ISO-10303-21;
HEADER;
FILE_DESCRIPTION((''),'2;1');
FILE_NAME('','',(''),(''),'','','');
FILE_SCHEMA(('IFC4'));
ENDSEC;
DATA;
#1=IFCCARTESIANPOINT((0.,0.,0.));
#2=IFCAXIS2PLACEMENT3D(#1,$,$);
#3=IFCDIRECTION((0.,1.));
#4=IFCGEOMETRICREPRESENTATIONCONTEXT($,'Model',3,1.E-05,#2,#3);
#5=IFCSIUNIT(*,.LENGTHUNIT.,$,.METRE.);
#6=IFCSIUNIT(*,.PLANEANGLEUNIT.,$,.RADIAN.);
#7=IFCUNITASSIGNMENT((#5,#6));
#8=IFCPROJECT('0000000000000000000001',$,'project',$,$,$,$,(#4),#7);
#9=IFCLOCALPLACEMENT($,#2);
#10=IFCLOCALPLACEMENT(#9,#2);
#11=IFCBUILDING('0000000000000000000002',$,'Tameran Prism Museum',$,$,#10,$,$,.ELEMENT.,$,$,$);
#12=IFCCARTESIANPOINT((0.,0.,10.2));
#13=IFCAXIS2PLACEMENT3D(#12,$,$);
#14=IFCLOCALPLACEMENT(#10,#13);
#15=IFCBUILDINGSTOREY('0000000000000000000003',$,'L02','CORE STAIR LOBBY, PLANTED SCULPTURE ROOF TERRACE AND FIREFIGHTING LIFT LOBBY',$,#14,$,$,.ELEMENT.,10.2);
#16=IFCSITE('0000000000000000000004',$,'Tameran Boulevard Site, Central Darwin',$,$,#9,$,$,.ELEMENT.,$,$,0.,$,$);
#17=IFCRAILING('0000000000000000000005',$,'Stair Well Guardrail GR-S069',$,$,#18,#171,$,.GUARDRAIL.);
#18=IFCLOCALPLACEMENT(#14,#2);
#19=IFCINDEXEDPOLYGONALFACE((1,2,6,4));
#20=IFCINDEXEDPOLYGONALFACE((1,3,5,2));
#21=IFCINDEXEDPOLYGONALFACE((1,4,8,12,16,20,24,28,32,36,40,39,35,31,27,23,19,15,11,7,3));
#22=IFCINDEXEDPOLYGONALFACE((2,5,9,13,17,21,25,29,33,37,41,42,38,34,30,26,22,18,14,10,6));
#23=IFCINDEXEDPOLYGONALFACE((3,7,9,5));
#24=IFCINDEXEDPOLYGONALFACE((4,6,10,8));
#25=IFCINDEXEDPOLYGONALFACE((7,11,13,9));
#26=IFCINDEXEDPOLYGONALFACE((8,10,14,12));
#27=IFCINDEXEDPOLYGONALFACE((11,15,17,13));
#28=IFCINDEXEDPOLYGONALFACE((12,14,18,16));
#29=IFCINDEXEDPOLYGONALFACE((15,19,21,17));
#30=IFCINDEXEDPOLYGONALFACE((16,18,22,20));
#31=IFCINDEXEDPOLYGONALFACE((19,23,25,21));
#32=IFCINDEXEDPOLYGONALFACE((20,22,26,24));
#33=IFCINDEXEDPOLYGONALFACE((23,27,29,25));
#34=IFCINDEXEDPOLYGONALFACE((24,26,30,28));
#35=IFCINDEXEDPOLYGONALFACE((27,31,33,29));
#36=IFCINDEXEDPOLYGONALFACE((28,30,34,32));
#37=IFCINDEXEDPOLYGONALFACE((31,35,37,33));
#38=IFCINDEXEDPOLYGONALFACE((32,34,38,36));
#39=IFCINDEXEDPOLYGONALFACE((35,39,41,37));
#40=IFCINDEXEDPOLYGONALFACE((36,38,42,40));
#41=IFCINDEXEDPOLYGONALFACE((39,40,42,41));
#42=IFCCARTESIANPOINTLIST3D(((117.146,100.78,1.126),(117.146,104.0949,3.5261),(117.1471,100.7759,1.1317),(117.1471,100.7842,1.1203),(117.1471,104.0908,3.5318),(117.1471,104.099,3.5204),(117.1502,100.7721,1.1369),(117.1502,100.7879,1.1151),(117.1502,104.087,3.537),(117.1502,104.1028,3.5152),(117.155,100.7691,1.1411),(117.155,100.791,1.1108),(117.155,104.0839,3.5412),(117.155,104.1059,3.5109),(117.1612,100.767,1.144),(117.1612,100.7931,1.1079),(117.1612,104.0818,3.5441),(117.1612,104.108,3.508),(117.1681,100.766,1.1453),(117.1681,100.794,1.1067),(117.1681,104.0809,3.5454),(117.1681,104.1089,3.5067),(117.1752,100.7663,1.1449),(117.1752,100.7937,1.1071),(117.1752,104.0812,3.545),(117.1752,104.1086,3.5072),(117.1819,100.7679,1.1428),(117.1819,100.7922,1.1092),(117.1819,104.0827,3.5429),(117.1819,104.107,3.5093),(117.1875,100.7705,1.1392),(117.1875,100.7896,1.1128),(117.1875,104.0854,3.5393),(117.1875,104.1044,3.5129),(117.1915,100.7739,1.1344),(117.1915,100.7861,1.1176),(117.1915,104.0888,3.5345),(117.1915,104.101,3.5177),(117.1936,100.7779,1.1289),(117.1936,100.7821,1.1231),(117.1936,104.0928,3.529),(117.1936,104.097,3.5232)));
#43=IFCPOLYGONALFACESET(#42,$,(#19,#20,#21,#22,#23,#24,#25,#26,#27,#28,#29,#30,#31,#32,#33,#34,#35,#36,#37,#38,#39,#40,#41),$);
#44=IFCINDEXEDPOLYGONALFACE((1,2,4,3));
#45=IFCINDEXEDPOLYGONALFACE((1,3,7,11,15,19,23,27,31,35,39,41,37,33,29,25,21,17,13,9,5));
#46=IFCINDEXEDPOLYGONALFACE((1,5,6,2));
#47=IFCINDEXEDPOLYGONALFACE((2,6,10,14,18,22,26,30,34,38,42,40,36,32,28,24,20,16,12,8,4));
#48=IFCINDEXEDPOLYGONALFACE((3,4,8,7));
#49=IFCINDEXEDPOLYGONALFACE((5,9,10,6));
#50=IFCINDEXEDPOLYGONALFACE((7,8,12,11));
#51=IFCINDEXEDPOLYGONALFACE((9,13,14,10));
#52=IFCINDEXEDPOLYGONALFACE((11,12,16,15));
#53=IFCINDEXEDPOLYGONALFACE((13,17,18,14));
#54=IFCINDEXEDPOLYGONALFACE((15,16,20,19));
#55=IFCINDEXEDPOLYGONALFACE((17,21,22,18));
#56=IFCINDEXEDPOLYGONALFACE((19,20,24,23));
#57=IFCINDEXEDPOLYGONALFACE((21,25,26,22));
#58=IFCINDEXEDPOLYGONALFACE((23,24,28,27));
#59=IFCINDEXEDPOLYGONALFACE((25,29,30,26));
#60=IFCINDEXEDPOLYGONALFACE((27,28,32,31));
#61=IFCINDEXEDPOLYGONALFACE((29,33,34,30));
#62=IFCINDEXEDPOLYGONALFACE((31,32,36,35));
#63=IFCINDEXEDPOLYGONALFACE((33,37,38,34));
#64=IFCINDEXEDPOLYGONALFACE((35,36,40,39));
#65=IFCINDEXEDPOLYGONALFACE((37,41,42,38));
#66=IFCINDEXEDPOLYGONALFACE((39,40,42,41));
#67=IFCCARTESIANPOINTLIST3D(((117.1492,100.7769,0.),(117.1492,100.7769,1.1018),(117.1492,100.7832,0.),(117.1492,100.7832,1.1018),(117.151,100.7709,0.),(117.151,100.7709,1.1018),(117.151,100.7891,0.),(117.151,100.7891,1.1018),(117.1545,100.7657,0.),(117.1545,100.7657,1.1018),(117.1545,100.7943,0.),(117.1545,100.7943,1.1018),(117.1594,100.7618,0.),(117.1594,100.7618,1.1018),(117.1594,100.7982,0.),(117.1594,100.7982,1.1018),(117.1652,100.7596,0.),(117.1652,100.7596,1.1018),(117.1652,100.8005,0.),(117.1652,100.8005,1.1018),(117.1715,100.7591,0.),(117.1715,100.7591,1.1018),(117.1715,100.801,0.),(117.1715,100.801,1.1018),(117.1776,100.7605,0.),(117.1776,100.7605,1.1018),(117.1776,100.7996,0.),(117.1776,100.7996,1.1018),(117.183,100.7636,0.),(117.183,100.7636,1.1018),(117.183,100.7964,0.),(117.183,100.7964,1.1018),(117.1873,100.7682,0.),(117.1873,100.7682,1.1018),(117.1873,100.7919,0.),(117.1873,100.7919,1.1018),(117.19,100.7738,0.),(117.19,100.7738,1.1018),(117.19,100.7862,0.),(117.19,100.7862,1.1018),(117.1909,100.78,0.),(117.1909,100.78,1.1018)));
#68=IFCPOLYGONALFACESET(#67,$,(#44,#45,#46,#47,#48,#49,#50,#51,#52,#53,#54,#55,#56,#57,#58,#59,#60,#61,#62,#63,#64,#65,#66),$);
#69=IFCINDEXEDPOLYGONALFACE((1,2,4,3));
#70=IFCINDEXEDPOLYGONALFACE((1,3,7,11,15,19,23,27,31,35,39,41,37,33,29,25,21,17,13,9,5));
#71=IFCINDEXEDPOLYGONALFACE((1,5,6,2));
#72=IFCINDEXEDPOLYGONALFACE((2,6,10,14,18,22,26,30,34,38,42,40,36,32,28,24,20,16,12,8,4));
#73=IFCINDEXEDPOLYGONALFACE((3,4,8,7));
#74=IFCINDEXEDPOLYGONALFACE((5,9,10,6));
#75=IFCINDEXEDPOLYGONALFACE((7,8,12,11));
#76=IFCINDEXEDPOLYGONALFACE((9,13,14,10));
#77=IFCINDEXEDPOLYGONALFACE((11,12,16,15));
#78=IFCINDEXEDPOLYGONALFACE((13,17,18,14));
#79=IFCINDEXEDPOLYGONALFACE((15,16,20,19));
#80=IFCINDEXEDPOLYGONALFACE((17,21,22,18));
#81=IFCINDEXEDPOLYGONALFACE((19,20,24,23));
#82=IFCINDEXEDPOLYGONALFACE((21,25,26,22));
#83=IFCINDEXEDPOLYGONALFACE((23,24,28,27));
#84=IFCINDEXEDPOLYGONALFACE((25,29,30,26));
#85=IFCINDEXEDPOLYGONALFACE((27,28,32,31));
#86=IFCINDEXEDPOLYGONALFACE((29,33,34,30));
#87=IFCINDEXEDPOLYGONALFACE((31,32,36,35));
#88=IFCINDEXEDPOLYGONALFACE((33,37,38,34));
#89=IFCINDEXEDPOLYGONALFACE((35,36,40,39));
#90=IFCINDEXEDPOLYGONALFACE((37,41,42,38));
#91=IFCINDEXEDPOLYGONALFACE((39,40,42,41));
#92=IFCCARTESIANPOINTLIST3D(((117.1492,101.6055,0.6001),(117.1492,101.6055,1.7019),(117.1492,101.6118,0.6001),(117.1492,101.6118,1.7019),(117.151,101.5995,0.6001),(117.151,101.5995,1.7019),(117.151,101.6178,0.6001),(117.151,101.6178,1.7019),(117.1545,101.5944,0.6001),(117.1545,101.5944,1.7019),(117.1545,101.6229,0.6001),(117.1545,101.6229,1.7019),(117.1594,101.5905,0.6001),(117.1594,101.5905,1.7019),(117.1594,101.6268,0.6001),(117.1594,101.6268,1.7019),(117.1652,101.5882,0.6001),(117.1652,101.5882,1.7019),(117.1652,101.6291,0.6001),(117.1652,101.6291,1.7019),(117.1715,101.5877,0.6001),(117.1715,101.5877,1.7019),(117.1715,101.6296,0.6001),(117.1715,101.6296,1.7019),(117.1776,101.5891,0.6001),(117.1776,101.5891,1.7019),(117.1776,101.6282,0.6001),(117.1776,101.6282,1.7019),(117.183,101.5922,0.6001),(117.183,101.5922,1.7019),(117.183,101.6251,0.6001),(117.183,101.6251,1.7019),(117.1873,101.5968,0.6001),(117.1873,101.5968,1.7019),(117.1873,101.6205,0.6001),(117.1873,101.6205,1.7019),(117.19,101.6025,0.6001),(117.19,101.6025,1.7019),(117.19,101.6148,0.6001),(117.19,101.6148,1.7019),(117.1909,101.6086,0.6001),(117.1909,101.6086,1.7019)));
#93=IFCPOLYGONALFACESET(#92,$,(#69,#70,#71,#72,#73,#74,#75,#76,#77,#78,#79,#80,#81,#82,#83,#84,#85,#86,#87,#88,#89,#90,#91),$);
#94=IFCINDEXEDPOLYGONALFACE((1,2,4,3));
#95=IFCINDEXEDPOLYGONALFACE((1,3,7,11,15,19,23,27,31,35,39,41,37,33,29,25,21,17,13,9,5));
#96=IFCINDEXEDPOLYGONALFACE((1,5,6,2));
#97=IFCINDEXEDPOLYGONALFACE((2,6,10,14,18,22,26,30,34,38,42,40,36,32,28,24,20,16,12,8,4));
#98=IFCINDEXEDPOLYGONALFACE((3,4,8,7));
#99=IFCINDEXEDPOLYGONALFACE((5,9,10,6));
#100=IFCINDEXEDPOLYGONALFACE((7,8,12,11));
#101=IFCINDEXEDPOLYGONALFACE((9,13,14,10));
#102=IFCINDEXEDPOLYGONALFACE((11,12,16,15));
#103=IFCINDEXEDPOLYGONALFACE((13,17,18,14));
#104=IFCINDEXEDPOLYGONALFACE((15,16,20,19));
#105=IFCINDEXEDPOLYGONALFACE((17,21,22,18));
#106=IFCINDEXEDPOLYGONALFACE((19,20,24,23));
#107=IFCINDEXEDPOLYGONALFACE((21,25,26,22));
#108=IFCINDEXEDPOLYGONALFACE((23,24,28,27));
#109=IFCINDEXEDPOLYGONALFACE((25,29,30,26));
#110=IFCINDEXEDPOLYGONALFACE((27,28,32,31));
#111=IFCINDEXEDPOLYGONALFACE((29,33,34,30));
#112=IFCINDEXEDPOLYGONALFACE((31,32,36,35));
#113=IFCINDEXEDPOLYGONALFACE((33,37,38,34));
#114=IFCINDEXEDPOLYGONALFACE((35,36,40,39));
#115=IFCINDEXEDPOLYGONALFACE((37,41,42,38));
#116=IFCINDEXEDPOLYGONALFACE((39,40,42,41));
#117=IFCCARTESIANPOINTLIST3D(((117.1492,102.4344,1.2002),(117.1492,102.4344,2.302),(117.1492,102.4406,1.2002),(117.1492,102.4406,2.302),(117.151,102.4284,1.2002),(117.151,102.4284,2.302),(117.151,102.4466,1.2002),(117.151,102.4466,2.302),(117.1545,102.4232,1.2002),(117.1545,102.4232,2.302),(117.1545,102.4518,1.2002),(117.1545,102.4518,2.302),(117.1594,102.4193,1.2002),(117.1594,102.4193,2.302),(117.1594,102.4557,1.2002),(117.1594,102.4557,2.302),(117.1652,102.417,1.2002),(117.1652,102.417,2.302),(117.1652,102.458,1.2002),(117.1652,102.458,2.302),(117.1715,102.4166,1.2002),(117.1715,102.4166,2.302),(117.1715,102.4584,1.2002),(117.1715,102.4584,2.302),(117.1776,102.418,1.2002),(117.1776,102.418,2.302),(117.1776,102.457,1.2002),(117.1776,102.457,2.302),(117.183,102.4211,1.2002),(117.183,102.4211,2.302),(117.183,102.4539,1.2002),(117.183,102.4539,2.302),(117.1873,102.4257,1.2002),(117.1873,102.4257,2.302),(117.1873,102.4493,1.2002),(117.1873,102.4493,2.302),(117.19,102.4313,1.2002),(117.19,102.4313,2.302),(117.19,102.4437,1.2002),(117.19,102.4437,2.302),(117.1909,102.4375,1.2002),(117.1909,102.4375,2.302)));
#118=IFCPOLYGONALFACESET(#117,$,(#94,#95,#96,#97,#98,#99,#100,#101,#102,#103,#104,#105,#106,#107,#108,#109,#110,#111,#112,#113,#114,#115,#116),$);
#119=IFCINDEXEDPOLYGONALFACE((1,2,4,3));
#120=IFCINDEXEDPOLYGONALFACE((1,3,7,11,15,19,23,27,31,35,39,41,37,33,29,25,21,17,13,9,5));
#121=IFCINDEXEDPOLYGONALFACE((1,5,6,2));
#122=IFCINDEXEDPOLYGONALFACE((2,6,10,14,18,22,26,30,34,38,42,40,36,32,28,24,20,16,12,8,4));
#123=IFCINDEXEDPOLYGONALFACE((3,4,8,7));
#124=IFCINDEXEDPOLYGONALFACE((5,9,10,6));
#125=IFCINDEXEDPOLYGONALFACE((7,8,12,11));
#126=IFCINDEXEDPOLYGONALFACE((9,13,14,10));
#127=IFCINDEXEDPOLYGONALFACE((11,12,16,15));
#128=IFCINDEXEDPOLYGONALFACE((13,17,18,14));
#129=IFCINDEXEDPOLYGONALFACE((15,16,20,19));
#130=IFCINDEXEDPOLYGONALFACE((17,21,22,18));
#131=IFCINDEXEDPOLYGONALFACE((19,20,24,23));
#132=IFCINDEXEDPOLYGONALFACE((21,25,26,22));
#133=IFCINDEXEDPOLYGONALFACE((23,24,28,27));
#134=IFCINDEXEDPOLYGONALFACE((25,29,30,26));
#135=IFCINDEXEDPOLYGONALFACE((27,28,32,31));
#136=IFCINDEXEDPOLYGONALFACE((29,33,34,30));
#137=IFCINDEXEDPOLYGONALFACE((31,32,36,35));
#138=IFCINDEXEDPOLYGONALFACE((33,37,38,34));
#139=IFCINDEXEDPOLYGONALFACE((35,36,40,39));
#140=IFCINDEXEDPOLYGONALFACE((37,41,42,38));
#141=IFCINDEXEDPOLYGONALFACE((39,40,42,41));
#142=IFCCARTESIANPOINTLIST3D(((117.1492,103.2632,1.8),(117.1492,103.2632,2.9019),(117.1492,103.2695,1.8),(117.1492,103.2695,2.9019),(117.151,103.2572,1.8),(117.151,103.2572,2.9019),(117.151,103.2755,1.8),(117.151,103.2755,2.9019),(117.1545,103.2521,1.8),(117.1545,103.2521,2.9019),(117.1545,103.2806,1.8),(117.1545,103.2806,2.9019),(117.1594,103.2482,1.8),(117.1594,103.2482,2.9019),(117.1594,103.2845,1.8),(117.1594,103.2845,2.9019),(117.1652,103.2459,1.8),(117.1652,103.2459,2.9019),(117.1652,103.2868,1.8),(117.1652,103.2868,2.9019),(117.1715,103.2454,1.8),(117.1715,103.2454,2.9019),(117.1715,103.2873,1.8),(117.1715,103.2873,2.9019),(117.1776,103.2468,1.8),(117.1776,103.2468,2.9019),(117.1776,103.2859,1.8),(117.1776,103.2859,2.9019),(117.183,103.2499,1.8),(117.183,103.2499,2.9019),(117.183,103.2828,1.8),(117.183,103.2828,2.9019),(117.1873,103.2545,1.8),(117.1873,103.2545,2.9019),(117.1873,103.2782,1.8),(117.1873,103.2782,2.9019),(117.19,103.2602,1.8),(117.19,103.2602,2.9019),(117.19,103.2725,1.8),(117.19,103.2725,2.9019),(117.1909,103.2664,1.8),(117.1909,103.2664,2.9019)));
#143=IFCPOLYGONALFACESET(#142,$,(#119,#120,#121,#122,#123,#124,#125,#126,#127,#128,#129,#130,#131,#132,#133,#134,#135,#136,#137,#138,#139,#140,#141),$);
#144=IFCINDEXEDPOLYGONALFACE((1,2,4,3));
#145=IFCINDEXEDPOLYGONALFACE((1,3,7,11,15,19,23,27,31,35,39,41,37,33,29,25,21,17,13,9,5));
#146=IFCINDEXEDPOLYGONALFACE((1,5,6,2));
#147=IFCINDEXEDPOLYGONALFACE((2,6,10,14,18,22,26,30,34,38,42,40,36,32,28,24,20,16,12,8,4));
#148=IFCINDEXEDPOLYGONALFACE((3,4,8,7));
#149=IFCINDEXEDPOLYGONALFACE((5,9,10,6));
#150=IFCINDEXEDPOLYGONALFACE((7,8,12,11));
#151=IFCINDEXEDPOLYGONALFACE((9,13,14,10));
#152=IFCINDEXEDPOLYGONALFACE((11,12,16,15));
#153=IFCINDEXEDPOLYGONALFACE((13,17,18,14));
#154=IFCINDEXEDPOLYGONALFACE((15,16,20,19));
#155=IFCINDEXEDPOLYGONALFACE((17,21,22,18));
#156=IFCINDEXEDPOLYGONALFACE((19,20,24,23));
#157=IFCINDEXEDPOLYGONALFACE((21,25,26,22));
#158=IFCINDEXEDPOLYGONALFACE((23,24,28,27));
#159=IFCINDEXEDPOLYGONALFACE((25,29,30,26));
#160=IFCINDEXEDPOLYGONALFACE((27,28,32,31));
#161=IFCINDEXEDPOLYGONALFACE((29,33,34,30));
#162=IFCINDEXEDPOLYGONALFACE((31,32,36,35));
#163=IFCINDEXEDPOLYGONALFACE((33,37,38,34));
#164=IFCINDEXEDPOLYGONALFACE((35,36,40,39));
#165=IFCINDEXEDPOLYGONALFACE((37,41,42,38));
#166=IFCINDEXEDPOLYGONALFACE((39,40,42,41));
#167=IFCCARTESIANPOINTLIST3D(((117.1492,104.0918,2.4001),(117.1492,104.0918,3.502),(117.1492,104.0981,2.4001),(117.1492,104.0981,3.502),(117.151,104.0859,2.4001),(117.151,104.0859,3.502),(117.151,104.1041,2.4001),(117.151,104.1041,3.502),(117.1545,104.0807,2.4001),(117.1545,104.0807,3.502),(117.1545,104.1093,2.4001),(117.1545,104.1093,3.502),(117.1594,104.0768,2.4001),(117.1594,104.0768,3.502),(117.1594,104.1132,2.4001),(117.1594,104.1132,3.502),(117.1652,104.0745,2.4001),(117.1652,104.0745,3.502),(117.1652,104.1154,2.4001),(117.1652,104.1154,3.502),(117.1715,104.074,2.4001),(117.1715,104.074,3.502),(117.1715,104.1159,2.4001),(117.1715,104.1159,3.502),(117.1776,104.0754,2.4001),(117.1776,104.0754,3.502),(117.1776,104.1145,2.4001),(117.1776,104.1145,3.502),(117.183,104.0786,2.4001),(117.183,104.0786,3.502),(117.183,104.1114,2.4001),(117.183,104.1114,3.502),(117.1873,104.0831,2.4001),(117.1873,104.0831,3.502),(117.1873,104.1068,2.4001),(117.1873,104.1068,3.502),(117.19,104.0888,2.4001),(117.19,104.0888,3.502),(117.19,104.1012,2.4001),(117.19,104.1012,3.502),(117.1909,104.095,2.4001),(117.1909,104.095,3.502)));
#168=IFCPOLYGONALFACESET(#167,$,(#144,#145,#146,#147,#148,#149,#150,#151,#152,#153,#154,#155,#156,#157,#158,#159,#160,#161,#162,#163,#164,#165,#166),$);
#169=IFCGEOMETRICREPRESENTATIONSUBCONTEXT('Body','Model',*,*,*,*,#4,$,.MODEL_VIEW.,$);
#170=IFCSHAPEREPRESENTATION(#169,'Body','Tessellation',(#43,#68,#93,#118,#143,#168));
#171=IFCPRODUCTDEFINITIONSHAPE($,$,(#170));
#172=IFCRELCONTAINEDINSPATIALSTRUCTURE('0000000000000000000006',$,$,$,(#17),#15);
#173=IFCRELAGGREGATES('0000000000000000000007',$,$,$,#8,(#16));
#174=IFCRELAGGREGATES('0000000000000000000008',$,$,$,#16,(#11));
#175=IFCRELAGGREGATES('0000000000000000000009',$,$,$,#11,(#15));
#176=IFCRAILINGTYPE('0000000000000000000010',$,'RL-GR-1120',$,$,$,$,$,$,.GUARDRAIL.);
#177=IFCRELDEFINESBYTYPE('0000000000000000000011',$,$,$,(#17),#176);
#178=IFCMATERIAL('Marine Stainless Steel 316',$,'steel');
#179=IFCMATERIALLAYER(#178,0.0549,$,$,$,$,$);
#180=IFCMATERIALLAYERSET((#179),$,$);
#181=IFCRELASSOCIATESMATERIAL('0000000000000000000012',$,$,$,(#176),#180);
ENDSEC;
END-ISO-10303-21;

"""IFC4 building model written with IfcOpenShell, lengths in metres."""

from ifc_helpers import new_model, si_unit, direction, frame, origin, origin_2d, place, context, subcontext, project, spatial, circle, extrude, material, layer, layer_set, type_object, element, save


model = new_model("IFC4")

# Units and contexts
model_context = context("Model", 3, precision=1e-05, world=origin(), true_north=direction((0.0, 1.0)))
body_context = subcontext(model_context, "Body", "Model", "MODEL_VIEW")
ifc_project = project(units=[si_unit("LENGTHUNIT", "METRE"), si_unit("PLANEANGLEUNIT", "RADIAN")], contexts=[model_context])

# Site, building, storey
site_placement = place(None, origin())
site = spatial("IfcSite", under=ifc_project, at=site_placement, Name="Tameran Boulevard Site, Central Darwin", CompositionType="ELEMENT", RefElevation=0.0)
building_placement = place(site_placement, origin())
building = spatial("IfcBuilding", under=site, at=building_placement, Name="Tameran Prism Museum", CompositionType="ELEMENT")
storey_placement = place(building_placement, frame((0.0, 0.0, 10.2)))
storey = spatial("IfcBuildingStorey", under=building, at=storey_placement, Name="L02", Description="CORE STAIR LOBBY, PLANTED SCULPTURE ROOF TERRACE AND FIREFIGHTING LIFT LOBBY", CompositionType="ELEMENT", Elevation=10.2)

# Railing
ifc_material_1 = material(Name="Marine Stainless Steel 316", Category="steel")
ifc_layer_1 = layer(ifc_material_1, 0.0549)
ifc_layer_set_1 = layer_set([ifc_layer_1])
railing_type_1 = type_object("IfcRailingType", Name="RL-GR-1120", PredefinedType="GUARDRAIL", material=ifc_layer_set_1)
railing_1_placement = place(storey_placement, frame((117.1699, 100.78, 0.0)))
element("IfcRailing", 1, at=railing_1_placement, inside=storey, type_object=railing_type_1, Name="Stair Well Guardrail GR-S069", PredefinedType="GUARDRAIL", context=body_context, shape_type="SweptSolid", body=[
    extrude(circle(Radius=0.0239, at=origin_2d()), frame((0.0, 0.0, 1.126), z_axis=(0.0, 0.80998, 0.586457), x_axis=(-1.0, 0.0, 0.0)), (0.0, 0.0, 1.0), 4.0925),
    extrude(circle(Radius=0.021, at=origin_2d()), origin(), (0.0, 0.0, 1.0), 1.1018),
    extrude(circle(Radius=0.021, at=origin_2d()), frame((0.0, 0.8286, 0.6001)), (0.0, 0.0, 1.0), 1.1018),
    extrude(circle(Radius=0.021, at=origin_2d()), frame((0.0, 1.6575, 1.2002)), (0.0, 0.0, 1.0), 1.1018),
    extrude(circle(Radius=0.021, at=origin_2d()), frame((0.0, 2.4863, 1.8)), (0.0, 0.0, 1.0), 1.1018),
    extrude(circle(Radius=0.021, at=origin_2d()), frame((0.0, 3.3149, 2.4001)), (0.0, 0.0, 1.0), 1.1018),
])

save(model, "model.ifc")
